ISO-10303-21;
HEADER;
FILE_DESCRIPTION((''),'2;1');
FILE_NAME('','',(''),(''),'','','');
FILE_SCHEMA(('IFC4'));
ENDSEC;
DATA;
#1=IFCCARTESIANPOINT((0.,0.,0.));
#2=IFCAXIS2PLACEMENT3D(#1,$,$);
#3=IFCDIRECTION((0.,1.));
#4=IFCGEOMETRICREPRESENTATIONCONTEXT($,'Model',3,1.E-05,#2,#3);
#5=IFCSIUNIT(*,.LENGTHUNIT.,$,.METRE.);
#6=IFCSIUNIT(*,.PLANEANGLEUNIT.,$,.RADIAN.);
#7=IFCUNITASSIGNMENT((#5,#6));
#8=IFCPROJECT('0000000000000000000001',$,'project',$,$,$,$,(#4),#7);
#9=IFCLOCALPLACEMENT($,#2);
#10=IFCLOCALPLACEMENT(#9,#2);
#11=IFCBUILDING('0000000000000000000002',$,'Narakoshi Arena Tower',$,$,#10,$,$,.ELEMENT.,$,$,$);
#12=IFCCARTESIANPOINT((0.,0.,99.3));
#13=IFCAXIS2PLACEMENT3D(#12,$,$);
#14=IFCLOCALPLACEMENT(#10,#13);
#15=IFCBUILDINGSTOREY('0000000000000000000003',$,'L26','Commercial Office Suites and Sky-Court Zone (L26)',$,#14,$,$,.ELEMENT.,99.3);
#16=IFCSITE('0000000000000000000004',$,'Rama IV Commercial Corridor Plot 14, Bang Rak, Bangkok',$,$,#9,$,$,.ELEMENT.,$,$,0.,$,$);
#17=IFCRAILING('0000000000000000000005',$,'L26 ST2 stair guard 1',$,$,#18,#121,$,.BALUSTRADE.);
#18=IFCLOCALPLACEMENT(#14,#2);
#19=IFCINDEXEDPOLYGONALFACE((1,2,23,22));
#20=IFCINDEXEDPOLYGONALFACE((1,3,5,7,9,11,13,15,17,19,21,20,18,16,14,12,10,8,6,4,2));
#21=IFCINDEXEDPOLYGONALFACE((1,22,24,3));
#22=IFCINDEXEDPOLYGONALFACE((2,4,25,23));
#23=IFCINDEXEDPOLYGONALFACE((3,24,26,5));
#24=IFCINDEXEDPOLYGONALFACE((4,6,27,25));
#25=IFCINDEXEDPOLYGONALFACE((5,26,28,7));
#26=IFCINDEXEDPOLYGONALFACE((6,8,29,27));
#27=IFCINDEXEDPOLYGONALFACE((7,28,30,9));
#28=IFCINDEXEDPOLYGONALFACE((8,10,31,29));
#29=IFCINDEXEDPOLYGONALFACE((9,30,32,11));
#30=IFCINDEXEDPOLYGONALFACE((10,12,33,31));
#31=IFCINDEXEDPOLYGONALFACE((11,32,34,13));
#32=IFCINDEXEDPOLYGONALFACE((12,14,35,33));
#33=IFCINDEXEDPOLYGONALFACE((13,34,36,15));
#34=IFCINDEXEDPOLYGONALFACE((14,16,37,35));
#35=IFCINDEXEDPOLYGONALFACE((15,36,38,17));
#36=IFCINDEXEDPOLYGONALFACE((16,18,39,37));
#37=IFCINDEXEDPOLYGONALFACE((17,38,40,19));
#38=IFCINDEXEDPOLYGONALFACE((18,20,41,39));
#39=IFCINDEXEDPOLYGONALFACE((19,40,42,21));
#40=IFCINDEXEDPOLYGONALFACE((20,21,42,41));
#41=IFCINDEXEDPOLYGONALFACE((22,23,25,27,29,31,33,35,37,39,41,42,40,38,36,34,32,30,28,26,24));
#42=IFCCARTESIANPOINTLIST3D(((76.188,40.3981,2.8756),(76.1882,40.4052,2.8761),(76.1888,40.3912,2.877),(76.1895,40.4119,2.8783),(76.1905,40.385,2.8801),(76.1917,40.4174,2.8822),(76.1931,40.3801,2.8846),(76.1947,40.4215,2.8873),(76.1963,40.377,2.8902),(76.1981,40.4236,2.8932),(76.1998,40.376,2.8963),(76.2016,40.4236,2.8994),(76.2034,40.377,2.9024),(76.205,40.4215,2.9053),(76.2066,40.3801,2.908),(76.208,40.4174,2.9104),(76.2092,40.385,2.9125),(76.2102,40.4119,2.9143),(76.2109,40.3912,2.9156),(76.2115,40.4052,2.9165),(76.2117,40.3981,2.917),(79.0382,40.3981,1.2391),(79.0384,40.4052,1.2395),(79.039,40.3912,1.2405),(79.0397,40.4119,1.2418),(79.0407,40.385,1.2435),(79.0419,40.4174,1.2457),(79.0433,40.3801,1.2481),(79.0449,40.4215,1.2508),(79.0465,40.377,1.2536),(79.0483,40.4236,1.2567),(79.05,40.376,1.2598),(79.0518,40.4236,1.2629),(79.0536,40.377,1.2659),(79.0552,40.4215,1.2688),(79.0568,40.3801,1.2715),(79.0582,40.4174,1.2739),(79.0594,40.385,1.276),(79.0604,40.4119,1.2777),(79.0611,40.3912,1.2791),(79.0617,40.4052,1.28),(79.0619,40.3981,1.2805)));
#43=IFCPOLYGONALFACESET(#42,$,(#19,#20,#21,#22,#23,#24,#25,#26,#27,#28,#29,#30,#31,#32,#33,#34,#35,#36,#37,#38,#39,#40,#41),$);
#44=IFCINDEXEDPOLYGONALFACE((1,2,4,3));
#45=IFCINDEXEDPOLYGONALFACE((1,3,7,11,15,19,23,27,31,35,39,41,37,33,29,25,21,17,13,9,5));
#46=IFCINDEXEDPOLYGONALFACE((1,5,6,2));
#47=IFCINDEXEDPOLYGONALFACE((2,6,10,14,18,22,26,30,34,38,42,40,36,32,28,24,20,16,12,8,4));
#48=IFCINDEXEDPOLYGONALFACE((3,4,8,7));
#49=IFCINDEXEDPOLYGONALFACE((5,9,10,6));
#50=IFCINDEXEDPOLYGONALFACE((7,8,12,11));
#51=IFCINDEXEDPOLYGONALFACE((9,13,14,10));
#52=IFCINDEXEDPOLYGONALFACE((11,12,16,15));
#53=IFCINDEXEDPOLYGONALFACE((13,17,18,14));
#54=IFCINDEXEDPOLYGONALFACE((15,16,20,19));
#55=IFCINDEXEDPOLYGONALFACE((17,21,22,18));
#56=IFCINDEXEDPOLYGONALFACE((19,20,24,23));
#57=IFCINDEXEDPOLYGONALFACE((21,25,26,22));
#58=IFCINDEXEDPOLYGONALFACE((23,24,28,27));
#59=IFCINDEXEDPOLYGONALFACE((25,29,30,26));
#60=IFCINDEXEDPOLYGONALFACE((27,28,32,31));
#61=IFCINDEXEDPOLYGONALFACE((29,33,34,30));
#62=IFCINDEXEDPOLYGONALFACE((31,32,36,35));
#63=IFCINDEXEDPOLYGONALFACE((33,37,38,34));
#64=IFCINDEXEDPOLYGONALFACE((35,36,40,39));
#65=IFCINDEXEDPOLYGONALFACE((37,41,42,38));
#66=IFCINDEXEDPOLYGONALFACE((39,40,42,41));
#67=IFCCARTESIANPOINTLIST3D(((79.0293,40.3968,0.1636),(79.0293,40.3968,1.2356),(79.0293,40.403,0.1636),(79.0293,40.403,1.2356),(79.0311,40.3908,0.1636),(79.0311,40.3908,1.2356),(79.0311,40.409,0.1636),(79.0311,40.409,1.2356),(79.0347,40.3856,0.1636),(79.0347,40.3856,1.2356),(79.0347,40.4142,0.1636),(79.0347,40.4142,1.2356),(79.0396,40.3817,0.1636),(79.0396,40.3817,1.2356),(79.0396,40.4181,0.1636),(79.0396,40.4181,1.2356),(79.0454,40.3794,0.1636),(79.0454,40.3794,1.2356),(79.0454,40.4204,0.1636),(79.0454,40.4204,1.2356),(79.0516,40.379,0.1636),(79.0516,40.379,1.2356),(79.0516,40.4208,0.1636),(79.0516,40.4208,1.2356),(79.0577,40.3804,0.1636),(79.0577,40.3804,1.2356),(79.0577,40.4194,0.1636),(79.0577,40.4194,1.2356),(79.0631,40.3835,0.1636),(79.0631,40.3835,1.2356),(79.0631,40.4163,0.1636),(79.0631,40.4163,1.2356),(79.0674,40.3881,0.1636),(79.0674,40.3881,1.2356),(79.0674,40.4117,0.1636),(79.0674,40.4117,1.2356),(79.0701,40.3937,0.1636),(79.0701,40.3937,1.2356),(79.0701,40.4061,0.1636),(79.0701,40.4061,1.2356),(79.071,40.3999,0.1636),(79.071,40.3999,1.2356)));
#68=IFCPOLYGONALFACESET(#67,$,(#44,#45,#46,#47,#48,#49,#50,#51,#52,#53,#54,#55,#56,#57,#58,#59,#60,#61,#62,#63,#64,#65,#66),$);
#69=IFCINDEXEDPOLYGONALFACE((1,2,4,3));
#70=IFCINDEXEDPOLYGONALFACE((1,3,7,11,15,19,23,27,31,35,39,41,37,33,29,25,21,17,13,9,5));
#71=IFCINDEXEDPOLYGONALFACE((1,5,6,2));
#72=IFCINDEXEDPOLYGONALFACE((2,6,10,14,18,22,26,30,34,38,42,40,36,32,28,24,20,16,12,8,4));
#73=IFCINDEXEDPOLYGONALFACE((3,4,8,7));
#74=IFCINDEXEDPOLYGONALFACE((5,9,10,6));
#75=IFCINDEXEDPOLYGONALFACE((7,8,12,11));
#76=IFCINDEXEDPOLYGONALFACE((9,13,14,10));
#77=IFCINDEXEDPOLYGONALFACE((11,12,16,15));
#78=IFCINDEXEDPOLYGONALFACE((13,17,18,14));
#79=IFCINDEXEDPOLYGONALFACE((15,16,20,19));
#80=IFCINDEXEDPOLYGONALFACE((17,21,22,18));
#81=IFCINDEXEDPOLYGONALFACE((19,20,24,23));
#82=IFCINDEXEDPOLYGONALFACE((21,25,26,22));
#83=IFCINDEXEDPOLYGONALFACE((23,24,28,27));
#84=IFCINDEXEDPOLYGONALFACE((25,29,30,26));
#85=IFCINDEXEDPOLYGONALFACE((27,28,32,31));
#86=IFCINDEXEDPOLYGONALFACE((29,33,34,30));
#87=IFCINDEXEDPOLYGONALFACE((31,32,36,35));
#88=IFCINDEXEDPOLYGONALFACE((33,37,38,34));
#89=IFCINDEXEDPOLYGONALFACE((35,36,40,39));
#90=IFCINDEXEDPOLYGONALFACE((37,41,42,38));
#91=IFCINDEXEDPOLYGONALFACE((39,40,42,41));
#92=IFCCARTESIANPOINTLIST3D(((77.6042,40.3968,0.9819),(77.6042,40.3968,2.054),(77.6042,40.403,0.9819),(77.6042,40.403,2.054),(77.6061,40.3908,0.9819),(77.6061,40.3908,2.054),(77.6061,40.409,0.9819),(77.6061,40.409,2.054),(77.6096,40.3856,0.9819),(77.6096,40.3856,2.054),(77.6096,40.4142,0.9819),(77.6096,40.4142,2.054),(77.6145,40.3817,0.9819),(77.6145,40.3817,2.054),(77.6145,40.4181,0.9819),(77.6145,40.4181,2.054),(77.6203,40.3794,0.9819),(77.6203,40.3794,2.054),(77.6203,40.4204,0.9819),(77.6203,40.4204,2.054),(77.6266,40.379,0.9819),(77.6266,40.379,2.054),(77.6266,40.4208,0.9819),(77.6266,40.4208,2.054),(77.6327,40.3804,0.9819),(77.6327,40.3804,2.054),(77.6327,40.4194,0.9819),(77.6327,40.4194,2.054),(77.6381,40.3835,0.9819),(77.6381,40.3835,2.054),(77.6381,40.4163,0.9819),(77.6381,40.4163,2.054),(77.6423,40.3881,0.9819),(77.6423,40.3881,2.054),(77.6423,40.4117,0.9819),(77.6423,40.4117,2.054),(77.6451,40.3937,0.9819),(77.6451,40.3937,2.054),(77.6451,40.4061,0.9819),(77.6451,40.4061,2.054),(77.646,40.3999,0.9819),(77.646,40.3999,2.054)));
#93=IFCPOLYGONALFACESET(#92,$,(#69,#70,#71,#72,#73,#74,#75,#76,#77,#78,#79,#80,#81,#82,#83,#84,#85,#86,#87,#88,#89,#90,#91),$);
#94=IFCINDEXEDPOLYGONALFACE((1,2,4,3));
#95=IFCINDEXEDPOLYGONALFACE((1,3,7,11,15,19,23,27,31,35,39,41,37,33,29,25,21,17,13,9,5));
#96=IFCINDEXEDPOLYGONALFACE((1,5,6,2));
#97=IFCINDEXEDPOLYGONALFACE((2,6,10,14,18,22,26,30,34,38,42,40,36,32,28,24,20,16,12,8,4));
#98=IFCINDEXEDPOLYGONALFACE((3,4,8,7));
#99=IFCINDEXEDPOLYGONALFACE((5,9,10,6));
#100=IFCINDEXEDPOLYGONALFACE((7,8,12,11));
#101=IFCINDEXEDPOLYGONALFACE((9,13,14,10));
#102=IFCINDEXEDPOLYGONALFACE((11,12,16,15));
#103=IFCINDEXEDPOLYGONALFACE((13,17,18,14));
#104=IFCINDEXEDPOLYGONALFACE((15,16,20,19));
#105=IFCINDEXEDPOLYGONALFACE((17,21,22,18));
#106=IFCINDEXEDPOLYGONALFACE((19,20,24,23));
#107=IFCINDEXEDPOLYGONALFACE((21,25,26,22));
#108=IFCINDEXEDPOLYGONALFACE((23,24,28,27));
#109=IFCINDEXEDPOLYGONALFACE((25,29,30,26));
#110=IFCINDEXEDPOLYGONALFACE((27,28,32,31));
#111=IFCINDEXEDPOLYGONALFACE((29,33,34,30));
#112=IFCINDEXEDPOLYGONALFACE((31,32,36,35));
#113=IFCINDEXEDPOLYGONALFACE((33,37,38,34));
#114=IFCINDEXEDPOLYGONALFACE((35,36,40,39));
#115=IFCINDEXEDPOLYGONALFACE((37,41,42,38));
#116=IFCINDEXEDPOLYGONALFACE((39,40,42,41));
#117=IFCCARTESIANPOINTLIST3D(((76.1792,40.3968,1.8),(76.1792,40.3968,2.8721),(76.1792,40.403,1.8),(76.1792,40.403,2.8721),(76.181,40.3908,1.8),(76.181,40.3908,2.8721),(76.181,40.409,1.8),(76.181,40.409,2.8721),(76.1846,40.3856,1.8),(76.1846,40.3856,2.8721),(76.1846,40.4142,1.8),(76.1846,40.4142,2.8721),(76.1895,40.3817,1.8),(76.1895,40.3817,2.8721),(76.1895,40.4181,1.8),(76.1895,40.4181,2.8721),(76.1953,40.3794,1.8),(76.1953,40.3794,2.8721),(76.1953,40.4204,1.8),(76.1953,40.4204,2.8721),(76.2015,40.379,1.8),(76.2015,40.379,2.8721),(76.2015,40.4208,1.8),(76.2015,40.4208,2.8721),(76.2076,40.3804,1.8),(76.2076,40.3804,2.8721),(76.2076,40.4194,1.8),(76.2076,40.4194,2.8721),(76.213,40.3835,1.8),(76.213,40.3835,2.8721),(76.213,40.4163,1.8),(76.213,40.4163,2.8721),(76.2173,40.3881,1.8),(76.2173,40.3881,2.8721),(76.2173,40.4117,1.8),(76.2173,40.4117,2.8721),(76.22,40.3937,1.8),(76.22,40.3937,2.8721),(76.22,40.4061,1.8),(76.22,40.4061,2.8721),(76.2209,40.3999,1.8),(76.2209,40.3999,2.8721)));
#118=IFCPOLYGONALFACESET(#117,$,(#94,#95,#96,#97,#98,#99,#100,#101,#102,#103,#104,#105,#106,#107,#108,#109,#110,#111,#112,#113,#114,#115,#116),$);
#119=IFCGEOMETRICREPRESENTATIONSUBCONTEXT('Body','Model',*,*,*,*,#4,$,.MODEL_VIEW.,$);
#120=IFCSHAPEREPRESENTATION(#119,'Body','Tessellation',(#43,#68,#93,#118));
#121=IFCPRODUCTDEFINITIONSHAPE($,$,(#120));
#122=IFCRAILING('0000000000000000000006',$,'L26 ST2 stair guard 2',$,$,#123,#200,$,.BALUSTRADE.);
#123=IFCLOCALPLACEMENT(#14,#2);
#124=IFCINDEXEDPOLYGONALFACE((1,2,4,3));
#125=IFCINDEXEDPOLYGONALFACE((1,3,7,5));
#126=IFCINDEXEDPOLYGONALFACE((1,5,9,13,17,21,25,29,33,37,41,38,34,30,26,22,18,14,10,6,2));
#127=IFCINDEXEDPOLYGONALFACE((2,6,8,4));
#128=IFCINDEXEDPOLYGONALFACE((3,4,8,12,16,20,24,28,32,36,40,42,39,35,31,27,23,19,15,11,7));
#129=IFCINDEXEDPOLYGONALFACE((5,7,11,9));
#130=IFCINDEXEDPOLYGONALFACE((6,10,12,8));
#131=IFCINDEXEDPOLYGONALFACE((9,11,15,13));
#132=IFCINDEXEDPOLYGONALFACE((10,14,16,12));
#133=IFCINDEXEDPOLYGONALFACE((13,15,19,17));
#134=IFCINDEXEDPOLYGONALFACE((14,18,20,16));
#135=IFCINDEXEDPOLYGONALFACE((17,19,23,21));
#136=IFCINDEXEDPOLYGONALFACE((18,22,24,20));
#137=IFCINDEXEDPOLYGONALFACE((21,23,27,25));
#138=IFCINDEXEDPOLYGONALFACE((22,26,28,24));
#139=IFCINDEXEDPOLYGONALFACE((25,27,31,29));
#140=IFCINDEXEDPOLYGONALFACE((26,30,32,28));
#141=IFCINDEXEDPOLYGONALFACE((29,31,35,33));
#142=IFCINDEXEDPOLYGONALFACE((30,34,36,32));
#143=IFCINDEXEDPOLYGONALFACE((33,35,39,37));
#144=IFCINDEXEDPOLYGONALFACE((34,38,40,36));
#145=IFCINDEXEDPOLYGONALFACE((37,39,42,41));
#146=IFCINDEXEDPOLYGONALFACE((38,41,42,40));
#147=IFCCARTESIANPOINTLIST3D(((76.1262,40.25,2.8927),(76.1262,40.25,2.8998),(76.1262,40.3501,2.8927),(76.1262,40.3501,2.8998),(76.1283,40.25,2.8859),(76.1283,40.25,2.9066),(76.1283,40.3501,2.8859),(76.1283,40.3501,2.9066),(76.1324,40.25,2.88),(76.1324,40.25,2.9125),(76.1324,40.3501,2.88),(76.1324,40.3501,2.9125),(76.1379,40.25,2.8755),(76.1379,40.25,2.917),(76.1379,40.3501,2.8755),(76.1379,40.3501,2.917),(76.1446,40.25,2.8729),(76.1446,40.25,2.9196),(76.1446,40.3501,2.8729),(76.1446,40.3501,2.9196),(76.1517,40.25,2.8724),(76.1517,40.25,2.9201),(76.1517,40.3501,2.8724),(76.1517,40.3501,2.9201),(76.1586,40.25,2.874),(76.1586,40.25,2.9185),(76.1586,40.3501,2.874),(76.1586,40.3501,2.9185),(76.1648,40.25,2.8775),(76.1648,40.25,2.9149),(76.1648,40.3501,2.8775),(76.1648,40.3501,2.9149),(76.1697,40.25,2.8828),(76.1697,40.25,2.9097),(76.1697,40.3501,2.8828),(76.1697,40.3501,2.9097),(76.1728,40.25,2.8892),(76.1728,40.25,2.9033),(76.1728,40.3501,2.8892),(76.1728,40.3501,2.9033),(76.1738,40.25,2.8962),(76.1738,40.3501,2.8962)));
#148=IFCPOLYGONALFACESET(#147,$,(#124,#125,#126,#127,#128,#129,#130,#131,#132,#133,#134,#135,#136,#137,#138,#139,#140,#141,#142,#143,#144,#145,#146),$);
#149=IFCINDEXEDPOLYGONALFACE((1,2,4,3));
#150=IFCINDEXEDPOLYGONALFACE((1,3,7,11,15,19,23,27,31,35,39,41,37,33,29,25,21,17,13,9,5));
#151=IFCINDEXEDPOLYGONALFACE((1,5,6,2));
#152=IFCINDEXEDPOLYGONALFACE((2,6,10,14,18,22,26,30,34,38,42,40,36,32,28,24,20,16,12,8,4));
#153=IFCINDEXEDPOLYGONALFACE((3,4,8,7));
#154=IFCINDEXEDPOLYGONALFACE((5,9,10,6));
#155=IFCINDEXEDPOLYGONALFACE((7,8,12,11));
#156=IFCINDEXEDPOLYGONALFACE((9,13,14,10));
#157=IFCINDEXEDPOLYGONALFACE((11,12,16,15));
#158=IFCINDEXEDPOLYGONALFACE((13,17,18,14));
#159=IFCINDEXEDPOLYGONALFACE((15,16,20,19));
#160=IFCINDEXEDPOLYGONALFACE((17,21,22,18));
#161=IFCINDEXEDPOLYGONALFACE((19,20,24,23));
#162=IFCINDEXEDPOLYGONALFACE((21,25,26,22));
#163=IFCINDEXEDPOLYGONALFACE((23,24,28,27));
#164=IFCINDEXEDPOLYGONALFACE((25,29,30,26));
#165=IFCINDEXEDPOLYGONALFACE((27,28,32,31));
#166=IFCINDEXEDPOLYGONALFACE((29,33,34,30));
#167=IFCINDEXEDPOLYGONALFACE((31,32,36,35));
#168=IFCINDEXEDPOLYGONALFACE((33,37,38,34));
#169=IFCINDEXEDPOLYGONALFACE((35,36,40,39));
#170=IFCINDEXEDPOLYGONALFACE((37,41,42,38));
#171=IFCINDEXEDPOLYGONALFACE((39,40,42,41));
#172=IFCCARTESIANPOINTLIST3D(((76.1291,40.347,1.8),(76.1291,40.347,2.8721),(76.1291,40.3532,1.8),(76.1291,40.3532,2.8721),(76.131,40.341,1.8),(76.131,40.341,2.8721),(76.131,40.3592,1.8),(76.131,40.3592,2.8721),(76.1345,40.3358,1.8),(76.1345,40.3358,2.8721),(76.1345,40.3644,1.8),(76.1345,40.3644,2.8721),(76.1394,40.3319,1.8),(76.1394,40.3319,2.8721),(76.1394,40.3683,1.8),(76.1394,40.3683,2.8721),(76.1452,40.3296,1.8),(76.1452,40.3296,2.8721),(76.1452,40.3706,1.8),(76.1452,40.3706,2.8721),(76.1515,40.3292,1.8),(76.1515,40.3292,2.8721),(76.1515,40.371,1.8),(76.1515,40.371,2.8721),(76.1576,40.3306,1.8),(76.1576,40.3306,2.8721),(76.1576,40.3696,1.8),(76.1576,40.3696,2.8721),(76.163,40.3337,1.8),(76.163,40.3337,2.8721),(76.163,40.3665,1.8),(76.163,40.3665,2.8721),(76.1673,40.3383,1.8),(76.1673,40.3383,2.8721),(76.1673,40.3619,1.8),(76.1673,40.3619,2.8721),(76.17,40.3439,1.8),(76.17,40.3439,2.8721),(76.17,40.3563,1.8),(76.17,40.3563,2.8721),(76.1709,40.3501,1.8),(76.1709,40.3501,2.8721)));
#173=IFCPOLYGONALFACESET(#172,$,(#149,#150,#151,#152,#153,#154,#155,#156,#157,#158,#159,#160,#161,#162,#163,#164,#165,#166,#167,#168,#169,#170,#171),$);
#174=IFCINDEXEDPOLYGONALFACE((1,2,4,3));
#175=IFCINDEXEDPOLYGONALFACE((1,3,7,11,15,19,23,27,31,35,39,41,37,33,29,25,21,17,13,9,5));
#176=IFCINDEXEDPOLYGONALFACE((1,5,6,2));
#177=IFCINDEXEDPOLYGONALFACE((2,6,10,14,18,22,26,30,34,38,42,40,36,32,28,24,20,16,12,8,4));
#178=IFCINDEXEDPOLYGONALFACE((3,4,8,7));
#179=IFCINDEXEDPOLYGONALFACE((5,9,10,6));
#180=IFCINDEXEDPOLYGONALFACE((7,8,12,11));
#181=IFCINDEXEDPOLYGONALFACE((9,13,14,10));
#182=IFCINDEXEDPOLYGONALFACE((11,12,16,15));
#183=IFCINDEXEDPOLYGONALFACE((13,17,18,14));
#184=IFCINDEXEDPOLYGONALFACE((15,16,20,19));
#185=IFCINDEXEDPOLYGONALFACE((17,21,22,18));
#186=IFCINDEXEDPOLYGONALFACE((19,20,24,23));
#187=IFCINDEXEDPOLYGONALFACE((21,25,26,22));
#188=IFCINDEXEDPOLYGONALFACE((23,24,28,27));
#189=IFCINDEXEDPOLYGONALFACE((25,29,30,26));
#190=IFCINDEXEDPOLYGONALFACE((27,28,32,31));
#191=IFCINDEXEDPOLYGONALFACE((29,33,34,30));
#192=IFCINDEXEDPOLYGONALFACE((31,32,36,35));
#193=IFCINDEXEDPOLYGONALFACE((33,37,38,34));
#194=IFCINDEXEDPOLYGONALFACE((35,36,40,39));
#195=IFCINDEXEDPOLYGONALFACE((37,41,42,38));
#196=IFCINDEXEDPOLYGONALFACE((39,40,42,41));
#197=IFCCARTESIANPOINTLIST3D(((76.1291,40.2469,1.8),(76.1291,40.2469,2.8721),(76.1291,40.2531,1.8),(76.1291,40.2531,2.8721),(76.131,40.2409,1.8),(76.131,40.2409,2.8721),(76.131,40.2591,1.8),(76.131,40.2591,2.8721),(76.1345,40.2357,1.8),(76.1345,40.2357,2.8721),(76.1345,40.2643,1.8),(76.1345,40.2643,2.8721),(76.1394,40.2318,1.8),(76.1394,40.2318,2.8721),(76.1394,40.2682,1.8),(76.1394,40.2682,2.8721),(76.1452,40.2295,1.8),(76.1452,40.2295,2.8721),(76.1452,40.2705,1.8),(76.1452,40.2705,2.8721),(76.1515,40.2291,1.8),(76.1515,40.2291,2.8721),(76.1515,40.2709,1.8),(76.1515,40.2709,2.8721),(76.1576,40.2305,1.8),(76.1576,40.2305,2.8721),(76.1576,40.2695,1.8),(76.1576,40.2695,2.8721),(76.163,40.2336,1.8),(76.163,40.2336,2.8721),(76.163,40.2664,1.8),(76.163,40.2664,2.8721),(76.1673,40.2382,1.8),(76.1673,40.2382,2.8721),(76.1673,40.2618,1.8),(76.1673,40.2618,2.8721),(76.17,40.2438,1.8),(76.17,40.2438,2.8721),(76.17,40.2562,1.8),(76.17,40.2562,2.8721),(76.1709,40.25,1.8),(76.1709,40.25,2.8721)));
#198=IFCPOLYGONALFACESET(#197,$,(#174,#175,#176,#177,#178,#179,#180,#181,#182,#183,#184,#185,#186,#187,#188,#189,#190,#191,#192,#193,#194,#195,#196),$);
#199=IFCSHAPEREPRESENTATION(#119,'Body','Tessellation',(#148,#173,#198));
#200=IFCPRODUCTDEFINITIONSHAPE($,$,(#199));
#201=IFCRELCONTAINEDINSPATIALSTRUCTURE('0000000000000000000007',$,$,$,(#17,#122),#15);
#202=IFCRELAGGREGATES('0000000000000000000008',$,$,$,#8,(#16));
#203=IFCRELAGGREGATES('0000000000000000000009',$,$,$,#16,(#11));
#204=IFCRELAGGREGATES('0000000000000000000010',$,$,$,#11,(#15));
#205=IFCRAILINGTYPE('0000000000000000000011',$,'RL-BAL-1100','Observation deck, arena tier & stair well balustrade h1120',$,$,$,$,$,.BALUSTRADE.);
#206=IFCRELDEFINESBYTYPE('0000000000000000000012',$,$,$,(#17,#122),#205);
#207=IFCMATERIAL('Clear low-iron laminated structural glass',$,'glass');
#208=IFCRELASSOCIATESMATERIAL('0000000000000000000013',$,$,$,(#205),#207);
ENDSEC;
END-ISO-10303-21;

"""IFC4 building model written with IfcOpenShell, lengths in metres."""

from ifc_helpers import new_model, si_unit, direction, frame, origin, origin_2d, place, context, subcontext, project, spatial, circle, extrude, material, type_object, element, save


model = new_model("IFC4")

# Units and contexts
model_context = context("Model", 3, precision=1e-05, world=origin(), true_north=direction((0.0, 1.0)))
body_context = subcontext(model_context, "Body", "Model", "MODEL_VIEW")
ifc_project = project(units=[si_unit("LENGTHUNIT", "METRE"), si_unit("PLANEANGLEUNIT", "RADIAN")], contexts=[model_context])

# Site, building, storey
site_placement = place(None, origin())
site = spatial("IfcSite", under=ifc_project, at=site_placement, Name="Rama IV Commercial Corridor Plot 14, Bang Rak, Bangkok", CompositionType="ELEMENT", RefElevation=0.0)
building_placement = place(site_placement, origin())
building = spatial("IfcBuilding", under=site, at=building_placement, Name="Narakoshi Arena Tower", CompositionType="ELEMENT")
storey_placement = place(building_placement, frame((0.0, 0.0, 99.3)))
storey = spatial("IfcBuildingStorey", under=building, at=storey_placement, Name="L26", Description="Commercial Office Suites and Sky-Court Zone (L26)", CompositionType="ELEMENT", Elevation=99.3)

# Railings
ifc_material_1 = material(Name="Clear low-iron laminated structural glass", Category="glass")
railing_type_1 = type_object("IfcRailingType", Name="RL-BAL-1100", Description="Observation deck, arena tier & stair well balustrade h1120", PredefinedType="BALUSTRADE", material=ifc_material_1)
railing_1_placement = place(storey_placement, frame((79.05, 40.3999, 0.1636)))
element("IfcRailing", 1, at=railing_1_placement, inside=storey, type_object=railing_type_1, Name="L26 ST2 stair guard 1", PredefinedType="BALUSTRADE", context=body_context, shape_type="SweptSolid", body=[
    extrude(circle(Radius=0.0239, at=origin_2d()), frame((0.0, 0.0, 1.0962), z_axis=(-0.867213, 0.0, 0.497938), x_axis=(0.0, -1.0, 0.0)), (0.0, 0.0, 1.0), 3.2866),
    extrude(circle(Radius=0.021, at=origin_2d()), origin(), (0.0, 0.0, 1.0), 1.072),
    extrude(circle(Radius=0.021, at=origin_2d()), frame((-1.425, 0.0, 0.8184)), (0.0, 0.0, 1.0), 1.072),
    extrude(circle(Radius=0.021, at=origin_2d()), frame((-2.8501, 0.0, 1.6365)), (0.0, 0.0, 1.0), 1.072),
])
railing_2_placement = place(storey_placement, frame((76.1499, 40.3501, 1.8)))
element("IfcRailing", 2, at=railing_2_placement, inside=storey, type_object=railing_type_1, Name="L26 ST2 stair guard 2", PredefinedType="BALUSTRADE", context=body_context, shape_type="SweptSolid", body=[
    extrude(circle(Radius=0.0239, at=origin_2d()), frame((0.0, 0.0, 1.0962), z_axis=(0.0, -1.0, 0.0), x_axis=(1.0, 0.0, 0.0)), (0.0, 0.0, 1.0), 0.1001),
    extrude(circle(Radius=0.021, at=origin_2d()), origin(), (0.0, 0.0, 1.0), 1.072),
    extrude(circle(Radius=0.021, at=origin_2d()), frame((0.0, -0.1001, 0.0)), (0.0, 0.0, 1.0), 1.072),
])

save(model, "model.ifc")
